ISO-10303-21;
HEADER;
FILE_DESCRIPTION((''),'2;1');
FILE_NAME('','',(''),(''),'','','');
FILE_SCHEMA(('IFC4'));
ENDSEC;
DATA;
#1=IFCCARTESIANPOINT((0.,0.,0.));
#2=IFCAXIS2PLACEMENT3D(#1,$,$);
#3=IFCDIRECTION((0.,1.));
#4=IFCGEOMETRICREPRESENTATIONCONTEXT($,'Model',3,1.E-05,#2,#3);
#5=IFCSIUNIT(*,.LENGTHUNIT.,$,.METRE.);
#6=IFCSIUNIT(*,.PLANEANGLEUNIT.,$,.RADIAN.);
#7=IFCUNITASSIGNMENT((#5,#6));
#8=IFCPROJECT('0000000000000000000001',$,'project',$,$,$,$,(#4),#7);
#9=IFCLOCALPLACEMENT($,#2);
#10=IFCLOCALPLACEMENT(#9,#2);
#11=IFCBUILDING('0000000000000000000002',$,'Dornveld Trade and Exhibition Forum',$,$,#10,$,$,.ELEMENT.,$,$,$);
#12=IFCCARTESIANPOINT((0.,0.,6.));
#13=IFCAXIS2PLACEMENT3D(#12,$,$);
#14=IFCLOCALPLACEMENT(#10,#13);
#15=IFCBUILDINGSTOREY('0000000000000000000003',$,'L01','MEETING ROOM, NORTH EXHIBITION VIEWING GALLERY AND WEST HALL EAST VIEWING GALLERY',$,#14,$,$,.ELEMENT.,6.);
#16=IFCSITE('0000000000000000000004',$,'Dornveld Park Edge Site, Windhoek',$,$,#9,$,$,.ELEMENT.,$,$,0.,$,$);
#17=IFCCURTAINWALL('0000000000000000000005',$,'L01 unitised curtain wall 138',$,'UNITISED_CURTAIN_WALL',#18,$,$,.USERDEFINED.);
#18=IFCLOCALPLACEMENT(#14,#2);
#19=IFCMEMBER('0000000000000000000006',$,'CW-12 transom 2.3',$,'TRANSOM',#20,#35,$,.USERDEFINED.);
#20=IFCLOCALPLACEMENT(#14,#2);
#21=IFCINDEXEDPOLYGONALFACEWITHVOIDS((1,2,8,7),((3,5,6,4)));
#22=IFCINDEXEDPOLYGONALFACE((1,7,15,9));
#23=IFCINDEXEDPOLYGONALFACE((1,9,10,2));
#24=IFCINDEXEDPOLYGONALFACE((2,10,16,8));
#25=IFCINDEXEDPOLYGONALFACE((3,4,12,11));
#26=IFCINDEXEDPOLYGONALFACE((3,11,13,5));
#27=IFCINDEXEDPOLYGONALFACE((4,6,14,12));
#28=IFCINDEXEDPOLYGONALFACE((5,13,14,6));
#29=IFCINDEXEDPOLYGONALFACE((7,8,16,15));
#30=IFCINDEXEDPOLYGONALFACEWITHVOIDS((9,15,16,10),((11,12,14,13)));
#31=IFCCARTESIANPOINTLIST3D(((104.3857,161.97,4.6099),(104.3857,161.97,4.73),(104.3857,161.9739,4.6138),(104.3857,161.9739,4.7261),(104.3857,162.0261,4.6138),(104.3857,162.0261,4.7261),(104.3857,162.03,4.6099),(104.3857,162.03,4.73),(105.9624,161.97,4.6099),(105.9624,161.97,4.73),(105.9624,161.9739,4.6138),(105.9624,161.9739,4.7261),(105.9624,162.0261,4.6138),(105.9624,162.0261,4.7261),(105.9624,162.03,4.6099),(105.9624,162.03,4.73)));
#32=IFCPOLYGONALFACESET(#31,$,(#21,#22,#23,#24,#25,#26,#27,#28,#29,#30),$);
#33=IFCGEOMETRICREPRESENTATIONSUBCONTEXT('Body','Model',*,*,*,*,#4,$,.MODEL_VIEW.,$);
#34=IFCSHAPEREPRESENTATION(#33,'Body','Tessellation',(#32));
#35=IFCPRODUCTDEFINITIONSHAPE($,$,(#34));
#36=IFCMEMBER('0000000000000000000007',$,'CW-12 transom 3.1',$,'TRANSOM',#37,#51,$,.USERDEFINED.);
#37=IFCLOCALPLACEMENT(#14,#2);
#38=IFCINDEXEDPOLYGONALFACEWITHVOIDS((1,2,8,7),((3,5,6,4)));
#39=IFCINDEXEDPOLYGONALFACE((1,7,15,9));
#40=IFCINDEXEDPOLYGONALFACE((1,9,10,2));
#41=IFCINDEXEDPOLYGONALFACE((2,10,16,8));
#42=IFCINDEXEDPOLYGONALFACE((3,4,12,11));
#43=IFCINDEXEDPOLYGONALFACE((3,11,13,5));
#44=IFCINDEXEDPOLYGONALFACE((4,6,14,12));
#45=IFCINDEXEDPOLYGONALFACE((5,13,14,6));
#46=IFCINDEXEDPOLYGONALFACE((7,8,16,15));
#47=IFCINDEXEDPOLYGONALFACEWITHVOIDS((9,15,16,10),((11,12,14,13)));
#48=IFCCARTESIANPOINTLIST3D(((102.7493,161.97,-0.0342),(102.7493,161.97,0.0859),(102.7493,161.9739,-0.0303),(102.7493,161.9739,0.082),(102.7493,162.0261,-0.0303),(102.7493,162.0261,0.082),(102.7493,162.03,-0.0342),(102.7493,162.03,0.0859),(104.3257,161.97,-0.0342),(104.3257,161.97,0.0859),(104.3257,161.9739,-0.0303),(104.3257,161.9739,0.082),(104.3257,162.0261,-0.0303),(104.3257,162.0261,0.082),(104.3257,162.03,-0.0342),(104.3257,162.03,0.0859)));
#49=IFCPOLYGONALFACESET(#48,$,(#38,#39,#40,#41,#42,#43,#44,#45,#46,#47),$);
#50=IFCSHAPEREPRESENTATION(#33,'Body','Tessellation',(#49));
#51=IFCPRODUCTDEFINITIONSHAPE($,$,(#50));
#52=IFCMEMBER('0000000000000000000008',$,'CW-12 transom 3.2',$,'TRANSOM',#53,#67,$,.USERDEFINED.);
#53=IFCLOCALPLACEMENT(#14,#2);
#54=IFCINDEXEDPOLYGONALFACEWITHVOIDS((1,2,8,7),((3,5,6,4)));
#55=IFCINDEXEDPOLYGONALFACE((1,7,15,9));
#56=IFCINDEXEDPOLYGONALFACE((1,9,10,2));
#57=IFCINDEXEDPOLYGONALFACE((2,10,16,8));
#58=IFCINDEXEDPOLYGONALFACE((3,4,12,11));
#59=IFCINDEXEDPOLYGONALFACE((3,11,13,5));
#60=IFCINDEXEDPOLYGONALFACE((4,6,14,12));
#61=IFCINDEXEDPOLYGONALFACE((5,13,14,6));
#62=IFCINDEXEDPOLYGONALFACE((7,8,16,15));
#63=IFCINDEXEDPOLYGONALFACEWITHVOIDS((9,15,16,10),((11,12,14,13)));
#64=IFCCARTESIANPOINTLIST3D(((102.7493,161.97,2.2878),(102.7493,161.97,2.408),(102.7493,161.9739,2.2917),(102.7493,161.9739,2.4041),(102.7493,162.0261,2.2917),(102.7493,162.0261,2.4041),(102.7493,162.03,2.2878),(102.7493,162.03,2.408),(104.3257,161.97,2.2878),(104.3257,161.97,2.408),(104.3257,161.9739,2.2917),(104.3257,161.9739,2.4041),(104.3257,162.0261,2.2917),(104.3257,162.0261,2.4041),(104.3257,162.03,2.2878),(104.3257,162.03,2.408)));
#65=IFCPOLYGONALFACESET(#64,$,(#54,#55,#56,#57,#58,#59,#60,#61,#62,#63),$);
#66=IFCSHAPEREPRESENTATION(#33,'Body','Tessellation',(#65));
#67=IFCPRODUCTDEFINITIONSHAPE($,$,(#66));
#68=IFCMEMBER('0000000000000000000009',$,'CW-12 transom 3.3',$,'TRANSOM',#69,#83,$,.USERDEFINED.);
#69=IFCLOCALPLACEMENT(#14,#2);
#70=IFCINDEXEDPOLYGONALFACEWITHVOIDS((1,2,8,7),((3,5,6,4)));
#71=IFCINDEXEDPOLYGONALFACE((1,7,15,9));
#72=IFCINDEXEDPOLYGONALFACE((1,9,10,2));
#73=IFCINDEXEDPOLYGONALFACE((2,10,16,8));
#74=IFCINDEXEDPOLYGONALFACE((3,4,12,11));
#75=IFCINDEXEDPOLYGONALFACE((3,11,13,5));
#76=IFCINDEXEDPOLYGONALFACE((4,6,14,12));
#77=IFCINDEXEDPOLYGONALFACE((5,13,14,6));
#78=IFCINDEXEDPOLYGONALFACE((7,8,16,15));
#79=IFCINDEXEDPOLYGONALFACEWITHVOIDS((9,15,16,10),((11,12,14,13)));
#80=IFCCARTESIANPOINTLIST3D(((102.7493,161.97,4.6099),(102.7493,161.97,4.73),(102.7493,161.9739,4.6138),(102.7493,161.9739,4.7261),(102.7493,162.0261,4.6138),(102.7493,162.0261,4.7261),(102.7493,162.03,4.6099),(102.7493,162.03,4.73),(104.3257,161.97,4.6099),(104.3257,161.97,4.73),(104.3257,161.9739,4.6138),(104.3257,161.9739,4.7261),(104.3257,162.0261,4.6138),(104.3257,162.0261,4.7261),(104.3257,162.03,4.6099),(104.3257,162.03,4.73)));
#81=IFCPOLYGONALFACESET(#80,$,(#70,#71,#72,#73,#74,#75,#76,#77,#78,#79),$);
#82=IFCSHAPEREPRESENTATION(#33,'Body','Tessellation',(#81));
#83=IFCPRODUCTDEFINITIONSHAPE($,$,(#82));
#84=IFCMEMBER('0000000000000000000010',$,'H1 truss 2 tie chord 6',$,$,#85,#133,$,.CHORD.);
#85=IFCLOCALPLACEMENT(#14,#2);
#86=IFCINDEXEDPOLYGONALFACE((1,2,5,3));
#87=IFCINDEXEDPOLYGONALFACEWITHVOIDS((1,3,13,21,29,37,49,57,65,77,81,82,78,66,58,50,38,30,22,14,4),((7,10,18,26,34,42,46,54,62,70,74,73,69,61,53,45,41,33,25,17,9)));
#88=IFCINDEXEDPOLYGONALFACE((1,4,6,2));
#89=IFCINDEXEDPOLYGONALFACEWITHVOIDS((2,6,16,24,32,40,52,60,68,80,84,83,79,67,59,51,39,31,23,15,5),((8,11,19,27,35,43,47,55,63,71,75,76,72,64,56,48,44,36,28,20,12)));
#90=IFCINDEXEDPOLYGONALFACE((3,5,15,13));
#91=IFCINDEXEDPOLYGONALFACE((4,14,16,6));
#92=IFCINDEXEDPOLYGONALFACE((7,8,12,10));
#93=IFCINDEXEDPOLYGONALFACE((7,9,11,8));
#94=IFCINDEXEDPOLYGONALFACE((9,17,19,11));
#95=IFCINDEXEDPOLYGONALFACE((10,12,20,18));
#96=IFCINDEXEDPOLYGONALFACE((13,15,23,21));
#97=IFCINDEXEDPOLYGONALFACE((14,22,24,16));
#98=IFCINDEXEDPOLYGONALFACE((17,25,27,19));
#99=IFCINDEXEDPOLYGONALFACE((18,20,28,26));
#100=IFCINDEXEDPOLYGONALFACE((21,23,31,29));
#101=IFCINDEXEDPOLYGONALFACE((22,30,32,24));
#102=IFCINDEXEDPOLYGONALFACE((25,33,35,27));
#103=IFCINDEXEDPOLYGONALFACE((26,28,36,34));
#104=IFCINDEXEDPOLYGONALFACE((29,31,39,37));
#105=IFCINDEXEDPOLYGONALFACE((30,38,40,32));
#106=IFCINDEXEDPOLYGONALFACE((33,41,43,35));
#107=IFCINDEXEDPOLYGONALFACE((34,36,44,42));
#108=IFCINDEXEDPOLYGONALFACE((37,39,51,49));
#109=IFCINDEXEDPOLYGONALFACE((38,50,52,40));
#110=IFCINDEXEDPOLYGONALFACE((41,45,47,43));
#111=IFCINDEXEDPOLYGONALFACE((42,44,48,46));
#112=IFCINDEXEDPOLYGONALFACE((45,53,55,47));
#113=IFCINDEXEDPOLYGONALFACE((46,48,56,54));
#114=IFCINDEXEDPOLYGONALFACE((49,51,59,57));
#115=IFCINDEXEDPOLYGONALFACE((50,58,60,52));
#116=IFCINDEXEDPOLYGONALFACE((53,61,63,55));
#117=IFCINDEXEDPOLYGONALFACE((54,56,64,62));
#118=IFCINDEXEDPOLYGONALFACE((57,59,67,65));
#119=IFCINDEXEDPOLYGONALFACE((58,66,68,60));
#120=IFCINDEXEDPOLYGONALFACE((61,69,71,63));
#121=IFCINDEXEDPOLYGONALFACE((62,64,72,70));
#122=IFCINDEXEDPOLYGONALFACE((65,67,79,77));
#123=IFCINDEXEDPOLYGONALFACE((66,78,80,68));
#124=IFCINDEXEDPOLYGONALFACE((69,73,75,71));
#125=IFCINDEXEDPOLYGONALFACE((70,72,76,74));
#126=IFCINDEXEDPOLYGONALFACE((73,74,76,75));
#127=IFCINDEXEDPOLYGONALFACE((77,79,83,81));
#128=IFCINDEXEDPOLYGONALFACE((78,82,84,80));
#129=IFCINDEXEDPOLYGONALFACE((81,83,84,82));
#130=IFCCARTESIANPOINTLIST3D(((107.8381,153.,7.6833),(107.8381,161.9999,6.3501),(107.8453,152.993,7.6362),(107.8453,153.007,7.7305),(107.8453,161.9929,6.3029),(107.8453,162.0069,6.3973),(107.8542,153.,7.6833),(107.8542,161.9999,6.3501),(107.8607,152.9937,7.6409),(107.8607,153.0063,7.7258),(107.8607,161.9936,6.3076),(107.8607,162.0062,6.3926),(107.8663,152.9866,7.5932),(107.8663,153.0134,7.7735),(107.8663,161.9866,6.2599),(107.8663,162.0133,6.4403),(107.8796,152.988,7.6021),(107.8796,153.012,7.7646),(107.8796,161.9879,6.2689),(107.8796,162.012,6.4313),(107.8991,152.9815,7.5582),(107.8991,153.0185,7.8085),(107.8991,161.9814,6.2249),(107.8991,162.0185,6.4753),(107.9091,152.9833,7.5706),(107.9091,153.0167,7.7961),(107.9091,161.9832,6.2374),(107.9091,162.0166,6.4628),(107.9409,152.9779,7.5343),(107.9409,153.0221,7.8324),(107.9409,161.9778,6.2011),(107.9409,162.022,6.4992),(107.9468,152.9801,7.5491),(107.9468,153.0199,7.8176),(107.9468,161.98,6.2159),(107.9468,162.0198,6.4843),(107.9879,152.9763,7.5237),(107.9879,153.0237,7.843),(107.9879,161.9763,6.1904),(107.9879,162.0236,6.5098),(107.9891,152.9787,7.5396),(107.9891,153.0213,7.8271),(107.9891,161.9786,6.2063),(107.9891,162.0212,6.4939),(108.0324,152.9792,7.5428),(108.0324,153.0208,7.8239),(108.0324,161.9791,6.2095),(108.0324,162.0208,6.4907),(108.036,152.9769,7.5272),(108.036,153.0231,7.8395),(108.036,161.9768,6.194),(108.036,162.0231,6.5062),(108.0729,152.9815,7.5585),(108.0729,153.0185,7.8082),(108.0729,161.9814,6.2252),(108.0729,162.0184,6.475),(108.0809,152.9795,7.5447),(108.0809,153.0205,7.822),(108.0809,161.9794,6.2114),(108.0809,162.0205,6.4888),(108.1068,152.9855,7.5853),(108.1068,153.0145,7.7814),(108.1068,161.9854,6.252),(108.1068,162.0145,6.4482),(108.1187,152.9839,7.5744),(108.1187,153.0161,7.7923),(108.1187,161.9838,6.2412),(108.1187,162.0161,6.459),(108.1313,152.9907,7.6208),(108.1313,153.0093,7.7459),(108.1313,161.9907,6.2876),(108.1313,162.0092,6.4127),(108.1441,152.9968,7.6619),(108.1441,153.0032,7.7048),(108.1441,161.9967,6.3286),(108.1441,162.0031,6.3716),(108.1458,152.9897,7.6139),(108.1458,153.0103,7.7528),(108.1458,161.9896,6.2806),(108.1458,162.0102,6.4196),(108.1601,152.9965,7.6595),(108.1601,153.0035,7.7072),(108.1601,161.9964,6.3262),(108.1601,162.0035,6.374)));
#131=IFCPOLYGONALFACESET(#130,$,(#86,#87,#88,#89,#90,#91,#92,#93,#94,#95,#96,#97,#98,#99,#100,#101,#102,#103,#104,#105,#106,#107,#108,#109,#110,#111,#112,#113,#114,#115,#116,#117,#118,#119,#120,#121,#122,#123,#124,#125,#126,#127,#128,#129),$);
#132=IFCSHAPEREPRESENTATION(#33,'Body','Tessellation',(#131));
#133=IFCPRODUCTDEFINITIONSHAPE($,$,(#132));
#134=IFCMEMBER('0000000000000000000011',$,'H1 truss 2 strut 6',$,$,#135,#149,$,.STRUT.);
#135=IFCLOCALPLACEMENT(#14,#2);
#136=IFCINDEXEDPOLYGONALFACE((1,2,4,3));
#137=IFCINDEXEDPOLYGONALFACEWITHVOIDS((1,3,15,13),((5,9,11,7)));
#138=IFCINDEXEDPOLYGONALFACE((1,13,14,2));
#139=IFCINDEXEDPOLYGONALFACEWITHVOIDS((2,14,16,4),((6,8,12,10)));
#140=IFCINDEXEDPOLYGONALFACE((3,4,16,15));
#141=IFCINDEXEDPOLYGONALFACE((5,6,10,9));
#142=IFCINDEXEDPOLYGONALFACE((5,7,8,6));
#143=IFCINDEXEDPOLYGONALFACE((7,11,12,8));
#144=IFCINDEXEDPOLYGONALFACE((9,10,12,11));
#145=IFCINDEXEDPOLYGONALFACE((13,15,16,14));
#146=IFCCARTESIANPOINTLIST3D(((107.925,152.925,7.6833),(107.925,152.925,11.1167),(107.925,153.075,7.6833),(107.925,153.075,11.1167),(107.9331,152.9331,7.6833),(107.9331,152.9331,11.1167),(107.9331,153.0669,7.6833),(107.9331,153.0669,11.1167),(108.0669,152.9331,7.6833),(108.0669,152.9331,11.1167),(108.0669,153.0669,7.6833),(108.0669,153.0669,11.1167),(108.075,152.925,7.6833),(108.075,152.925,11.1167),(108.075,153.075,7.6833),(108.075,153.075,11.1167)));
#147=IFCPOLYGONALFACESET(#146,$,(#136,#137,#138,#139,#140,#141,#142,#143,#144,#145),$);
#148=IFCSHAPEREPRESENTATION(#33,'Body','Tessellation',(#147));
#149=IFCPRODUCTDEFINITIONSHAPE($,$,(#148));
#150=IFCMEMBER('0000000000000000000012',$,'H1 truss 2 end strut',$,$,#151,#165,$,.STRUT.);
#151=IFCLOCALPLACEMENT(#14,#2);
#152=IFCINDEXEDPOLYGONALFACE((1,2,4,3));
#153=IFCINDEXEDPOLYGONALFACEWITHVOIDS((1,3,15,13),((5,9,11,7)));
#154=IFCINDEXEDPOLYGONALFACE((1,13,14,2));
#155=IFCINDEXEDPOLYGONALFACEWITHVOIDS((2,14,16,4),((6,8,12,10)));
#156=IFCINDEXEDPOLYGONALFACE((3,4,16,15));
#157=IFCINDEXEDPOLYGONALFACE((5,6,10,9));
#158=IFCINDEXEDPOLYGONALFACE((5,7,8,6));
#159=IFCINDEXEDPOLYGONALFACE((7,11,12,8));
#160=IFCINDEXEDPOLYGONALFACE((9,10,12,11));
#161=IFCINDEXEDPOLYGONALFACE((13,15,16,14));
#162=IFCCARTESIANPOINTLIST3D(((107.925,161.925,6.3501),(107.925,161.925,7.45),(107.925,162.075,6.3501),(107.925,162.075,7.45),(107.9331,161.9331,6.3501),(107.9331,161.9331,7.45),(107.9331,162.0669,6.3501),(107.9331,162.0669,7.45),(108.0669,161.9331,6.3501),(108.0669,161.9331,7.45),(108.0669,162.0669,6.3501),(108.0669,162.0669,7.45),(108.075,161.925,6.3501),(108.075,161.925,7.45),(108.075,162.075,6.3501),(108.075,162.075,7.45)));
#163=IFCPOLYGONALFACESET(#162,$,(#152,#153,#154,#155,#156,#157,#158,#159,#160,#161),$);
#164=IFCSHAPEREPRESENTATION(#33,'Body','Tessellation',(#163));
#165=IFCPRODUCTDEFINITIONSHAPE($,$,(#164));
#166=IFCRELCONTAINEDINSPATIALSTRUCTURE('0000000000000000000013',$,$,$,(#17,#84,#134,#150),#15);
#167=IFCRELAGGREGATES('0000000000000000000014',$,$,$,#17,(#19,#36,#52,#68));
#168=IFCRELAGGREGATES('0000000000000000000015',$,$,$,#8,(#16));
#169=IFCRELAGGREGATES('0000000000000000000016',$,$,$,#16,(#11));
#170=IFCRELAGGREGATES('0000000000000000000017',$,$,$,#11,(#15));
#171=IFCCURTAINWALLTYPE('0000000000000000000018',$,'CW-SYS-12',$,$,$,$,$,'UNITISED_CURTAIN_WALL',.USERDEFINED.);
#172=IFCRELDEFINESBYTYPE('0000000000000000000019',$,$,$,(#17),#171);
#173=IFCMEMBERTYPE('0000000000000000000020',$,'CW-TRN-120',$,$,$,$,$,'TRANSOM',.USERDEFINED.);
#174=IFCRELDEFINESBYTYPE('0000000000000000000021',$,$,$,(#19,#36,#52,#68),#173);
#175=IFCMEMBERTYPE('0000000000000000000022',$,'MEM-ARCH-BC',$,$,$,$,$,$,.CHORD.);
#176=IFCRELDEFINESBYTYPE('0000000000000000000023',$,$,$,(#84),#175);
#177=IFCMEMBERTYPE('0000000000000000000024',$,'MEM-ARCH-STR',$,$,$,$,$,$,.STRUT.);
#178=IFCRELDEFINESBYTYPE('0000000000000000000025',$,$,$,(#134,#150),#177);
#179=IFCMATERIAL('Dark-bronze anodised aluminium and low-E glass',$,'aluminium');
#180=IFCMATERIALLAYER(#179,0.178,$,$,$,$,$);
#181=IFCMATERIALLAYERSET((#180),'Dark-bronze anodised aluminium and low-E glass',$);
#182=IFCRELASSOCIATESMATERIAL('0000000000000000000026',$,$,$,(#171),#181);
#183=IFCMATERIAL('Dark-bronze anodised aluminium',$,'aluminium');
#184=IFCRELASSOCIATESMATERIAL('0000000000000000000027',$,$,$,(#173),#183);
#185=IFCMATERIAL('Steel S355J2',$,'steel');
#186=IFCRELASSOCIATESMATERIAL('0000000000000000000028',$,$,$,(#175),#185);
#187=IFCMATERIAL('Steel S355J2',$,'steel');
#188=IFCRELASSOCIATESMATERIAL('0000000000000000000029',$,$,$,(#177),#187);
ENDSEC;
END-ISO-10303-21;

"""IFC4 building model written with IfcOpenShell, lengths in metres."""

from ifc_helpers import new_model, si_unit, direction, frame, origin, origin_2d, place, context, subcontext, project, spatial, hollow_rectangle, hollow_circle, extrude, material, layer, layer_set, material_profile, profile_set, type_object, element, aggregate, save


model = new_model("IFC4")

# Units and contexts
model_context = context("Model", 3, precision=1e-05, world=origin(), true_north=direction((0.0, 1.0)))
body_context = subcontext(model_context, "Body", "Model", "MODEL_VIEW")
ifc_project = project(units=[si_unit("LENGTHUNIT", "METRE"), si_unit("PLANEANGLEUNIT", "RADIAN")], contexts=[model_context])

# Site, building, storey
site_placement = place(None, origin())
site = spatial("IfcSite", under=ifc_project, at=site_placement, Name="Dornveld Park Edge Site, Windhoek", CompositionType="ELEMENT", RefElevation=0.0)
building_placement = place(site_placement, origin())
building = spatial("IfcBuilding", under=site, at=building_placement, Name="Dornveld Trade and Exhibition Forum", CompositionType="ELEMENT")
storey_placement = place(building_placement, frame((0.0, 0.0, 6.0)))
storey = spatial("IfcBuildingStorey", under=building, at=storey_placement, Name="L01", Description="MEETING ROOM, NORTH EXHIBITION VIEWING GALLERY AND WEST HALL EAST VIEWING GALLERY", CompositionType="ELEMENT", Elevation=6.0)

# Curtain wall
ifc_material_1 = material(Name="Dark-bronze anodised aluminium and low-E glass", Category="aluminium")
ifc_layer_1 = layer(ifc_material_1, 0.178)
ifc_layer_set_1 = layer_set([ifc_layer_1], Name="Dark-bronze anodised aluminium and low-E glass")
curtain_wall_type_1 = type_object("IfcCurtainWallType", Name="CW-SYS-12", ElementType="UNITISED_CURTAIN_WALL", PredefinedType="USERDEFINED", material=ifc_layer_set_1)
curtain_wall_1_placement = place(storey_placement, origin())
curtain_wall_1 = element("IfcCurtainWall", 1, at=curtain_wall_1_placement, inside=storey, type_object=curtain_wall_type_1, Name="L01 unitised curtain wall 138", ObjectType="UNITISED_CURTAIN_WALL", PredefinedType="USERDEFINED")

# Members
ifc_material_2 = material(Name="Dark-bronze anodised aluminium", Category="aluminium")
ifc_material_profile_1 = material_profile(ifc_material_2, hollow_rectangle(XDim=0.0601, YDim=0.1201, WallThickness=0.0039, at=origin_2d()), Name="RHS 120x60x4")
ifc_profile_set_1 = profile_set([ifc_material_profile_1], Name="Dark-bronze anodised aluminium")
member_type_1 = type_object("IfcMemberType", Name="CW-TRN-120", ElementType="TRANSOM", PredefinedType="USERDEFINED", material=ifc_profile_set_1)
member_1_placement = place(storey_placement, frame((105.9624, 162.0, 4.6699), z_axis=(-1.0, 0.0, 0.0), x_axis=(0.0, -1.0, 0.0)))
member_1 = element("IfcMember", 2, at=member_1_placement, type_object=member_type_1, Name="CW-12 transom 2.3", ObjectType="TRANSOM", PredefinedType="USERDEFINED", context=body_context, shape_type="SweptSolid", body=[
    extrude(hollow_rectangle(XDim=0.0601, YDim=0.1201, WallThickness=0.0039, at=origin_2d()), origin(), (0.0, 0.0, 1.0), 1.5767),
])
member_2_placement = place(storey_placement, frame((104.3257, 162.0, 0.0259), z_axis=(-1.0, 0.0, 0.0), x_axis=(0.0, -1.0, 0.0)))
member_2 = element("IfcMember", 3, at=member_2_placement, type_object=member_type_1, Name="CW-12 transom 3.1", ObjectType="TRANSOM", PredefinedType="USERDEFINED", context=body_context, shape_type="SweptSolid", body=[
    extrude(hollow_rectangle(XDim=0.0601, YDim=0.1201, WallThickness=0.0039, at=origin_2d()), origin(), (0.0, 0.0, 1.0), 1.5764),
])
member_3_placement = place(storey_placement, frame((104.3257, 162.0, 2.3479), z_axis=(-1.0, 0.0, 0.0), x_axis=(0.0, -1.0, 0.0)))
member_3 = element("IfcMember", 4, at=member_3_placement, type_object=member_type_1, Name="CW-12 transom 3.2", ObjectType="TRANSOM", PredefinedType="USERDEFINED", context=body_context, shape_type="SweptSolid", body=[
    extrude(hollow_rectangle(XDim=0.0601, YDim=0.1201, WallThickness=0.0039, at=origin_2d()), origin(), (0.0, 0.0, 1.0), 1.5764),
])
member_4_placement = place(storey_placement, frame((104.3257, 162.0, 4.6699), z_axis=(-1.0, 0.0, 0.0), x_axis=(0.0, -1.0, 0.0)))
member_4 = element("IfcMember", 5, at=member_4_placement, type_object=member_type_1, Name="CW-12 transom 3.3", ObjectType="TRANSOM", PredefinedType="USERDEFINED", context=body_context, shape_type="SweptSolid", body=[
    extrude(hollow_rectangle(XDim=0.0601, YDim=0.1201, WallThickness=0.0039, at=origin_2d()), origin(), (0.0, 0.0, 1.0), 1.5764),
])

# Members
ifc_material_3 = material(Name="Steel S355J2", Category="steel")
ifc_material_profile_2 = material_profile(ifc_material_3, hollow_circle(Radius=0.1619, WallThickness=0.0161, at=origin_2d()), Name="CHS 323.9x16")
ifc_profile_set_2 = profile_set([ifc_material_profile_2], Name="Steel S355J2")
member_type_2 = type_object("IfcMemberType", Name="MEM-ARCH-BC", PredefinedType="CHORD", material=ifc_profile_set_2)
member_5_placement = place(storey_placement, frame((108.0, 153.0, 7.6833), z_axis=(0.0, 0.989205, -0.14654), x_axis=(-1.0, 0.0, 0.0)))
element("IfcMember", 6, at=member_5_placement, inside=storey, type_object=member_type_2, Name="H1 truss 2 tie chord 6", PredefinedType="CHORD", context=body_context, shape_type="SweptSolid", body=[
    extrude(hollow_circle(Radius=0.1619, WallThickness=0.0161, at=origin_2d()), origin(), (0.0, 0.0, 1.0), 9.0981),
])
ifc_material_4 = material(Name="Steel S355J2", Category="steel")
ifc_material_profile_3 = material_profile(ifc_material_4, hollow_rectangle(XDim=0.1499, YDim=0.1499, WallThickness=0.0081, at=origin_2d()), Name="SHS 150x150x8")
ifc_profile_set_3 = profile_set([ifc_material_profile_3], Name="Steel S355J2")
member_type_3 = type_object("IfcMemberType", Name="MEM-ARCH-STR", PredefinedType="STRUT", material=ifc_profile_set_3)
member_6_placement = place(storey_placement, frame((108.0, 153.0, 7.6833), z_axis=(0.0, 0.0, 1.0), x_axis=(1.0, 0.0, 0.0)))
element("IfcMember", 7, at=member_6_placement, inside=storey, type_object=member_type_3, Name="H1 truss 2 strut 6", PredefinedType="STRUT", context=body_context, shape_type="SweptSolid", body=[
    extrude(hollow_rectangle(XDim=0.1499, YDim=0.1499, WallThickness=0.0081, at=origin_2d()), origin(), (0.0, 0.0, 1.0), 3.4333),
])
member_7_placement = place(storey_placement, frame((108.0, 162.0, 6.3501), z_axis=(0.0, 0.0, 1.0), x_axis=(1.0, 0.0, 0.0)))
element("IfcMember", 8, at=member_7_placement, inside=storey, type_object=member_type_3, Name="H1 truss 2 end strut", PredefinedType="STRUT", context=body_context, shape_type="SweptSolid", body=[
    extrude(hollow_rectangle(XDim=0.1499, YDim=0.1499, WallThickness=0.0081, at=origin_2d()), origin(), (0.0, 0.0, 1.0), 1.0999),
])

aggregate(curtain_wall_1, [member_1, member_2, member_3, member_4])

save(model, "model.ifc")
